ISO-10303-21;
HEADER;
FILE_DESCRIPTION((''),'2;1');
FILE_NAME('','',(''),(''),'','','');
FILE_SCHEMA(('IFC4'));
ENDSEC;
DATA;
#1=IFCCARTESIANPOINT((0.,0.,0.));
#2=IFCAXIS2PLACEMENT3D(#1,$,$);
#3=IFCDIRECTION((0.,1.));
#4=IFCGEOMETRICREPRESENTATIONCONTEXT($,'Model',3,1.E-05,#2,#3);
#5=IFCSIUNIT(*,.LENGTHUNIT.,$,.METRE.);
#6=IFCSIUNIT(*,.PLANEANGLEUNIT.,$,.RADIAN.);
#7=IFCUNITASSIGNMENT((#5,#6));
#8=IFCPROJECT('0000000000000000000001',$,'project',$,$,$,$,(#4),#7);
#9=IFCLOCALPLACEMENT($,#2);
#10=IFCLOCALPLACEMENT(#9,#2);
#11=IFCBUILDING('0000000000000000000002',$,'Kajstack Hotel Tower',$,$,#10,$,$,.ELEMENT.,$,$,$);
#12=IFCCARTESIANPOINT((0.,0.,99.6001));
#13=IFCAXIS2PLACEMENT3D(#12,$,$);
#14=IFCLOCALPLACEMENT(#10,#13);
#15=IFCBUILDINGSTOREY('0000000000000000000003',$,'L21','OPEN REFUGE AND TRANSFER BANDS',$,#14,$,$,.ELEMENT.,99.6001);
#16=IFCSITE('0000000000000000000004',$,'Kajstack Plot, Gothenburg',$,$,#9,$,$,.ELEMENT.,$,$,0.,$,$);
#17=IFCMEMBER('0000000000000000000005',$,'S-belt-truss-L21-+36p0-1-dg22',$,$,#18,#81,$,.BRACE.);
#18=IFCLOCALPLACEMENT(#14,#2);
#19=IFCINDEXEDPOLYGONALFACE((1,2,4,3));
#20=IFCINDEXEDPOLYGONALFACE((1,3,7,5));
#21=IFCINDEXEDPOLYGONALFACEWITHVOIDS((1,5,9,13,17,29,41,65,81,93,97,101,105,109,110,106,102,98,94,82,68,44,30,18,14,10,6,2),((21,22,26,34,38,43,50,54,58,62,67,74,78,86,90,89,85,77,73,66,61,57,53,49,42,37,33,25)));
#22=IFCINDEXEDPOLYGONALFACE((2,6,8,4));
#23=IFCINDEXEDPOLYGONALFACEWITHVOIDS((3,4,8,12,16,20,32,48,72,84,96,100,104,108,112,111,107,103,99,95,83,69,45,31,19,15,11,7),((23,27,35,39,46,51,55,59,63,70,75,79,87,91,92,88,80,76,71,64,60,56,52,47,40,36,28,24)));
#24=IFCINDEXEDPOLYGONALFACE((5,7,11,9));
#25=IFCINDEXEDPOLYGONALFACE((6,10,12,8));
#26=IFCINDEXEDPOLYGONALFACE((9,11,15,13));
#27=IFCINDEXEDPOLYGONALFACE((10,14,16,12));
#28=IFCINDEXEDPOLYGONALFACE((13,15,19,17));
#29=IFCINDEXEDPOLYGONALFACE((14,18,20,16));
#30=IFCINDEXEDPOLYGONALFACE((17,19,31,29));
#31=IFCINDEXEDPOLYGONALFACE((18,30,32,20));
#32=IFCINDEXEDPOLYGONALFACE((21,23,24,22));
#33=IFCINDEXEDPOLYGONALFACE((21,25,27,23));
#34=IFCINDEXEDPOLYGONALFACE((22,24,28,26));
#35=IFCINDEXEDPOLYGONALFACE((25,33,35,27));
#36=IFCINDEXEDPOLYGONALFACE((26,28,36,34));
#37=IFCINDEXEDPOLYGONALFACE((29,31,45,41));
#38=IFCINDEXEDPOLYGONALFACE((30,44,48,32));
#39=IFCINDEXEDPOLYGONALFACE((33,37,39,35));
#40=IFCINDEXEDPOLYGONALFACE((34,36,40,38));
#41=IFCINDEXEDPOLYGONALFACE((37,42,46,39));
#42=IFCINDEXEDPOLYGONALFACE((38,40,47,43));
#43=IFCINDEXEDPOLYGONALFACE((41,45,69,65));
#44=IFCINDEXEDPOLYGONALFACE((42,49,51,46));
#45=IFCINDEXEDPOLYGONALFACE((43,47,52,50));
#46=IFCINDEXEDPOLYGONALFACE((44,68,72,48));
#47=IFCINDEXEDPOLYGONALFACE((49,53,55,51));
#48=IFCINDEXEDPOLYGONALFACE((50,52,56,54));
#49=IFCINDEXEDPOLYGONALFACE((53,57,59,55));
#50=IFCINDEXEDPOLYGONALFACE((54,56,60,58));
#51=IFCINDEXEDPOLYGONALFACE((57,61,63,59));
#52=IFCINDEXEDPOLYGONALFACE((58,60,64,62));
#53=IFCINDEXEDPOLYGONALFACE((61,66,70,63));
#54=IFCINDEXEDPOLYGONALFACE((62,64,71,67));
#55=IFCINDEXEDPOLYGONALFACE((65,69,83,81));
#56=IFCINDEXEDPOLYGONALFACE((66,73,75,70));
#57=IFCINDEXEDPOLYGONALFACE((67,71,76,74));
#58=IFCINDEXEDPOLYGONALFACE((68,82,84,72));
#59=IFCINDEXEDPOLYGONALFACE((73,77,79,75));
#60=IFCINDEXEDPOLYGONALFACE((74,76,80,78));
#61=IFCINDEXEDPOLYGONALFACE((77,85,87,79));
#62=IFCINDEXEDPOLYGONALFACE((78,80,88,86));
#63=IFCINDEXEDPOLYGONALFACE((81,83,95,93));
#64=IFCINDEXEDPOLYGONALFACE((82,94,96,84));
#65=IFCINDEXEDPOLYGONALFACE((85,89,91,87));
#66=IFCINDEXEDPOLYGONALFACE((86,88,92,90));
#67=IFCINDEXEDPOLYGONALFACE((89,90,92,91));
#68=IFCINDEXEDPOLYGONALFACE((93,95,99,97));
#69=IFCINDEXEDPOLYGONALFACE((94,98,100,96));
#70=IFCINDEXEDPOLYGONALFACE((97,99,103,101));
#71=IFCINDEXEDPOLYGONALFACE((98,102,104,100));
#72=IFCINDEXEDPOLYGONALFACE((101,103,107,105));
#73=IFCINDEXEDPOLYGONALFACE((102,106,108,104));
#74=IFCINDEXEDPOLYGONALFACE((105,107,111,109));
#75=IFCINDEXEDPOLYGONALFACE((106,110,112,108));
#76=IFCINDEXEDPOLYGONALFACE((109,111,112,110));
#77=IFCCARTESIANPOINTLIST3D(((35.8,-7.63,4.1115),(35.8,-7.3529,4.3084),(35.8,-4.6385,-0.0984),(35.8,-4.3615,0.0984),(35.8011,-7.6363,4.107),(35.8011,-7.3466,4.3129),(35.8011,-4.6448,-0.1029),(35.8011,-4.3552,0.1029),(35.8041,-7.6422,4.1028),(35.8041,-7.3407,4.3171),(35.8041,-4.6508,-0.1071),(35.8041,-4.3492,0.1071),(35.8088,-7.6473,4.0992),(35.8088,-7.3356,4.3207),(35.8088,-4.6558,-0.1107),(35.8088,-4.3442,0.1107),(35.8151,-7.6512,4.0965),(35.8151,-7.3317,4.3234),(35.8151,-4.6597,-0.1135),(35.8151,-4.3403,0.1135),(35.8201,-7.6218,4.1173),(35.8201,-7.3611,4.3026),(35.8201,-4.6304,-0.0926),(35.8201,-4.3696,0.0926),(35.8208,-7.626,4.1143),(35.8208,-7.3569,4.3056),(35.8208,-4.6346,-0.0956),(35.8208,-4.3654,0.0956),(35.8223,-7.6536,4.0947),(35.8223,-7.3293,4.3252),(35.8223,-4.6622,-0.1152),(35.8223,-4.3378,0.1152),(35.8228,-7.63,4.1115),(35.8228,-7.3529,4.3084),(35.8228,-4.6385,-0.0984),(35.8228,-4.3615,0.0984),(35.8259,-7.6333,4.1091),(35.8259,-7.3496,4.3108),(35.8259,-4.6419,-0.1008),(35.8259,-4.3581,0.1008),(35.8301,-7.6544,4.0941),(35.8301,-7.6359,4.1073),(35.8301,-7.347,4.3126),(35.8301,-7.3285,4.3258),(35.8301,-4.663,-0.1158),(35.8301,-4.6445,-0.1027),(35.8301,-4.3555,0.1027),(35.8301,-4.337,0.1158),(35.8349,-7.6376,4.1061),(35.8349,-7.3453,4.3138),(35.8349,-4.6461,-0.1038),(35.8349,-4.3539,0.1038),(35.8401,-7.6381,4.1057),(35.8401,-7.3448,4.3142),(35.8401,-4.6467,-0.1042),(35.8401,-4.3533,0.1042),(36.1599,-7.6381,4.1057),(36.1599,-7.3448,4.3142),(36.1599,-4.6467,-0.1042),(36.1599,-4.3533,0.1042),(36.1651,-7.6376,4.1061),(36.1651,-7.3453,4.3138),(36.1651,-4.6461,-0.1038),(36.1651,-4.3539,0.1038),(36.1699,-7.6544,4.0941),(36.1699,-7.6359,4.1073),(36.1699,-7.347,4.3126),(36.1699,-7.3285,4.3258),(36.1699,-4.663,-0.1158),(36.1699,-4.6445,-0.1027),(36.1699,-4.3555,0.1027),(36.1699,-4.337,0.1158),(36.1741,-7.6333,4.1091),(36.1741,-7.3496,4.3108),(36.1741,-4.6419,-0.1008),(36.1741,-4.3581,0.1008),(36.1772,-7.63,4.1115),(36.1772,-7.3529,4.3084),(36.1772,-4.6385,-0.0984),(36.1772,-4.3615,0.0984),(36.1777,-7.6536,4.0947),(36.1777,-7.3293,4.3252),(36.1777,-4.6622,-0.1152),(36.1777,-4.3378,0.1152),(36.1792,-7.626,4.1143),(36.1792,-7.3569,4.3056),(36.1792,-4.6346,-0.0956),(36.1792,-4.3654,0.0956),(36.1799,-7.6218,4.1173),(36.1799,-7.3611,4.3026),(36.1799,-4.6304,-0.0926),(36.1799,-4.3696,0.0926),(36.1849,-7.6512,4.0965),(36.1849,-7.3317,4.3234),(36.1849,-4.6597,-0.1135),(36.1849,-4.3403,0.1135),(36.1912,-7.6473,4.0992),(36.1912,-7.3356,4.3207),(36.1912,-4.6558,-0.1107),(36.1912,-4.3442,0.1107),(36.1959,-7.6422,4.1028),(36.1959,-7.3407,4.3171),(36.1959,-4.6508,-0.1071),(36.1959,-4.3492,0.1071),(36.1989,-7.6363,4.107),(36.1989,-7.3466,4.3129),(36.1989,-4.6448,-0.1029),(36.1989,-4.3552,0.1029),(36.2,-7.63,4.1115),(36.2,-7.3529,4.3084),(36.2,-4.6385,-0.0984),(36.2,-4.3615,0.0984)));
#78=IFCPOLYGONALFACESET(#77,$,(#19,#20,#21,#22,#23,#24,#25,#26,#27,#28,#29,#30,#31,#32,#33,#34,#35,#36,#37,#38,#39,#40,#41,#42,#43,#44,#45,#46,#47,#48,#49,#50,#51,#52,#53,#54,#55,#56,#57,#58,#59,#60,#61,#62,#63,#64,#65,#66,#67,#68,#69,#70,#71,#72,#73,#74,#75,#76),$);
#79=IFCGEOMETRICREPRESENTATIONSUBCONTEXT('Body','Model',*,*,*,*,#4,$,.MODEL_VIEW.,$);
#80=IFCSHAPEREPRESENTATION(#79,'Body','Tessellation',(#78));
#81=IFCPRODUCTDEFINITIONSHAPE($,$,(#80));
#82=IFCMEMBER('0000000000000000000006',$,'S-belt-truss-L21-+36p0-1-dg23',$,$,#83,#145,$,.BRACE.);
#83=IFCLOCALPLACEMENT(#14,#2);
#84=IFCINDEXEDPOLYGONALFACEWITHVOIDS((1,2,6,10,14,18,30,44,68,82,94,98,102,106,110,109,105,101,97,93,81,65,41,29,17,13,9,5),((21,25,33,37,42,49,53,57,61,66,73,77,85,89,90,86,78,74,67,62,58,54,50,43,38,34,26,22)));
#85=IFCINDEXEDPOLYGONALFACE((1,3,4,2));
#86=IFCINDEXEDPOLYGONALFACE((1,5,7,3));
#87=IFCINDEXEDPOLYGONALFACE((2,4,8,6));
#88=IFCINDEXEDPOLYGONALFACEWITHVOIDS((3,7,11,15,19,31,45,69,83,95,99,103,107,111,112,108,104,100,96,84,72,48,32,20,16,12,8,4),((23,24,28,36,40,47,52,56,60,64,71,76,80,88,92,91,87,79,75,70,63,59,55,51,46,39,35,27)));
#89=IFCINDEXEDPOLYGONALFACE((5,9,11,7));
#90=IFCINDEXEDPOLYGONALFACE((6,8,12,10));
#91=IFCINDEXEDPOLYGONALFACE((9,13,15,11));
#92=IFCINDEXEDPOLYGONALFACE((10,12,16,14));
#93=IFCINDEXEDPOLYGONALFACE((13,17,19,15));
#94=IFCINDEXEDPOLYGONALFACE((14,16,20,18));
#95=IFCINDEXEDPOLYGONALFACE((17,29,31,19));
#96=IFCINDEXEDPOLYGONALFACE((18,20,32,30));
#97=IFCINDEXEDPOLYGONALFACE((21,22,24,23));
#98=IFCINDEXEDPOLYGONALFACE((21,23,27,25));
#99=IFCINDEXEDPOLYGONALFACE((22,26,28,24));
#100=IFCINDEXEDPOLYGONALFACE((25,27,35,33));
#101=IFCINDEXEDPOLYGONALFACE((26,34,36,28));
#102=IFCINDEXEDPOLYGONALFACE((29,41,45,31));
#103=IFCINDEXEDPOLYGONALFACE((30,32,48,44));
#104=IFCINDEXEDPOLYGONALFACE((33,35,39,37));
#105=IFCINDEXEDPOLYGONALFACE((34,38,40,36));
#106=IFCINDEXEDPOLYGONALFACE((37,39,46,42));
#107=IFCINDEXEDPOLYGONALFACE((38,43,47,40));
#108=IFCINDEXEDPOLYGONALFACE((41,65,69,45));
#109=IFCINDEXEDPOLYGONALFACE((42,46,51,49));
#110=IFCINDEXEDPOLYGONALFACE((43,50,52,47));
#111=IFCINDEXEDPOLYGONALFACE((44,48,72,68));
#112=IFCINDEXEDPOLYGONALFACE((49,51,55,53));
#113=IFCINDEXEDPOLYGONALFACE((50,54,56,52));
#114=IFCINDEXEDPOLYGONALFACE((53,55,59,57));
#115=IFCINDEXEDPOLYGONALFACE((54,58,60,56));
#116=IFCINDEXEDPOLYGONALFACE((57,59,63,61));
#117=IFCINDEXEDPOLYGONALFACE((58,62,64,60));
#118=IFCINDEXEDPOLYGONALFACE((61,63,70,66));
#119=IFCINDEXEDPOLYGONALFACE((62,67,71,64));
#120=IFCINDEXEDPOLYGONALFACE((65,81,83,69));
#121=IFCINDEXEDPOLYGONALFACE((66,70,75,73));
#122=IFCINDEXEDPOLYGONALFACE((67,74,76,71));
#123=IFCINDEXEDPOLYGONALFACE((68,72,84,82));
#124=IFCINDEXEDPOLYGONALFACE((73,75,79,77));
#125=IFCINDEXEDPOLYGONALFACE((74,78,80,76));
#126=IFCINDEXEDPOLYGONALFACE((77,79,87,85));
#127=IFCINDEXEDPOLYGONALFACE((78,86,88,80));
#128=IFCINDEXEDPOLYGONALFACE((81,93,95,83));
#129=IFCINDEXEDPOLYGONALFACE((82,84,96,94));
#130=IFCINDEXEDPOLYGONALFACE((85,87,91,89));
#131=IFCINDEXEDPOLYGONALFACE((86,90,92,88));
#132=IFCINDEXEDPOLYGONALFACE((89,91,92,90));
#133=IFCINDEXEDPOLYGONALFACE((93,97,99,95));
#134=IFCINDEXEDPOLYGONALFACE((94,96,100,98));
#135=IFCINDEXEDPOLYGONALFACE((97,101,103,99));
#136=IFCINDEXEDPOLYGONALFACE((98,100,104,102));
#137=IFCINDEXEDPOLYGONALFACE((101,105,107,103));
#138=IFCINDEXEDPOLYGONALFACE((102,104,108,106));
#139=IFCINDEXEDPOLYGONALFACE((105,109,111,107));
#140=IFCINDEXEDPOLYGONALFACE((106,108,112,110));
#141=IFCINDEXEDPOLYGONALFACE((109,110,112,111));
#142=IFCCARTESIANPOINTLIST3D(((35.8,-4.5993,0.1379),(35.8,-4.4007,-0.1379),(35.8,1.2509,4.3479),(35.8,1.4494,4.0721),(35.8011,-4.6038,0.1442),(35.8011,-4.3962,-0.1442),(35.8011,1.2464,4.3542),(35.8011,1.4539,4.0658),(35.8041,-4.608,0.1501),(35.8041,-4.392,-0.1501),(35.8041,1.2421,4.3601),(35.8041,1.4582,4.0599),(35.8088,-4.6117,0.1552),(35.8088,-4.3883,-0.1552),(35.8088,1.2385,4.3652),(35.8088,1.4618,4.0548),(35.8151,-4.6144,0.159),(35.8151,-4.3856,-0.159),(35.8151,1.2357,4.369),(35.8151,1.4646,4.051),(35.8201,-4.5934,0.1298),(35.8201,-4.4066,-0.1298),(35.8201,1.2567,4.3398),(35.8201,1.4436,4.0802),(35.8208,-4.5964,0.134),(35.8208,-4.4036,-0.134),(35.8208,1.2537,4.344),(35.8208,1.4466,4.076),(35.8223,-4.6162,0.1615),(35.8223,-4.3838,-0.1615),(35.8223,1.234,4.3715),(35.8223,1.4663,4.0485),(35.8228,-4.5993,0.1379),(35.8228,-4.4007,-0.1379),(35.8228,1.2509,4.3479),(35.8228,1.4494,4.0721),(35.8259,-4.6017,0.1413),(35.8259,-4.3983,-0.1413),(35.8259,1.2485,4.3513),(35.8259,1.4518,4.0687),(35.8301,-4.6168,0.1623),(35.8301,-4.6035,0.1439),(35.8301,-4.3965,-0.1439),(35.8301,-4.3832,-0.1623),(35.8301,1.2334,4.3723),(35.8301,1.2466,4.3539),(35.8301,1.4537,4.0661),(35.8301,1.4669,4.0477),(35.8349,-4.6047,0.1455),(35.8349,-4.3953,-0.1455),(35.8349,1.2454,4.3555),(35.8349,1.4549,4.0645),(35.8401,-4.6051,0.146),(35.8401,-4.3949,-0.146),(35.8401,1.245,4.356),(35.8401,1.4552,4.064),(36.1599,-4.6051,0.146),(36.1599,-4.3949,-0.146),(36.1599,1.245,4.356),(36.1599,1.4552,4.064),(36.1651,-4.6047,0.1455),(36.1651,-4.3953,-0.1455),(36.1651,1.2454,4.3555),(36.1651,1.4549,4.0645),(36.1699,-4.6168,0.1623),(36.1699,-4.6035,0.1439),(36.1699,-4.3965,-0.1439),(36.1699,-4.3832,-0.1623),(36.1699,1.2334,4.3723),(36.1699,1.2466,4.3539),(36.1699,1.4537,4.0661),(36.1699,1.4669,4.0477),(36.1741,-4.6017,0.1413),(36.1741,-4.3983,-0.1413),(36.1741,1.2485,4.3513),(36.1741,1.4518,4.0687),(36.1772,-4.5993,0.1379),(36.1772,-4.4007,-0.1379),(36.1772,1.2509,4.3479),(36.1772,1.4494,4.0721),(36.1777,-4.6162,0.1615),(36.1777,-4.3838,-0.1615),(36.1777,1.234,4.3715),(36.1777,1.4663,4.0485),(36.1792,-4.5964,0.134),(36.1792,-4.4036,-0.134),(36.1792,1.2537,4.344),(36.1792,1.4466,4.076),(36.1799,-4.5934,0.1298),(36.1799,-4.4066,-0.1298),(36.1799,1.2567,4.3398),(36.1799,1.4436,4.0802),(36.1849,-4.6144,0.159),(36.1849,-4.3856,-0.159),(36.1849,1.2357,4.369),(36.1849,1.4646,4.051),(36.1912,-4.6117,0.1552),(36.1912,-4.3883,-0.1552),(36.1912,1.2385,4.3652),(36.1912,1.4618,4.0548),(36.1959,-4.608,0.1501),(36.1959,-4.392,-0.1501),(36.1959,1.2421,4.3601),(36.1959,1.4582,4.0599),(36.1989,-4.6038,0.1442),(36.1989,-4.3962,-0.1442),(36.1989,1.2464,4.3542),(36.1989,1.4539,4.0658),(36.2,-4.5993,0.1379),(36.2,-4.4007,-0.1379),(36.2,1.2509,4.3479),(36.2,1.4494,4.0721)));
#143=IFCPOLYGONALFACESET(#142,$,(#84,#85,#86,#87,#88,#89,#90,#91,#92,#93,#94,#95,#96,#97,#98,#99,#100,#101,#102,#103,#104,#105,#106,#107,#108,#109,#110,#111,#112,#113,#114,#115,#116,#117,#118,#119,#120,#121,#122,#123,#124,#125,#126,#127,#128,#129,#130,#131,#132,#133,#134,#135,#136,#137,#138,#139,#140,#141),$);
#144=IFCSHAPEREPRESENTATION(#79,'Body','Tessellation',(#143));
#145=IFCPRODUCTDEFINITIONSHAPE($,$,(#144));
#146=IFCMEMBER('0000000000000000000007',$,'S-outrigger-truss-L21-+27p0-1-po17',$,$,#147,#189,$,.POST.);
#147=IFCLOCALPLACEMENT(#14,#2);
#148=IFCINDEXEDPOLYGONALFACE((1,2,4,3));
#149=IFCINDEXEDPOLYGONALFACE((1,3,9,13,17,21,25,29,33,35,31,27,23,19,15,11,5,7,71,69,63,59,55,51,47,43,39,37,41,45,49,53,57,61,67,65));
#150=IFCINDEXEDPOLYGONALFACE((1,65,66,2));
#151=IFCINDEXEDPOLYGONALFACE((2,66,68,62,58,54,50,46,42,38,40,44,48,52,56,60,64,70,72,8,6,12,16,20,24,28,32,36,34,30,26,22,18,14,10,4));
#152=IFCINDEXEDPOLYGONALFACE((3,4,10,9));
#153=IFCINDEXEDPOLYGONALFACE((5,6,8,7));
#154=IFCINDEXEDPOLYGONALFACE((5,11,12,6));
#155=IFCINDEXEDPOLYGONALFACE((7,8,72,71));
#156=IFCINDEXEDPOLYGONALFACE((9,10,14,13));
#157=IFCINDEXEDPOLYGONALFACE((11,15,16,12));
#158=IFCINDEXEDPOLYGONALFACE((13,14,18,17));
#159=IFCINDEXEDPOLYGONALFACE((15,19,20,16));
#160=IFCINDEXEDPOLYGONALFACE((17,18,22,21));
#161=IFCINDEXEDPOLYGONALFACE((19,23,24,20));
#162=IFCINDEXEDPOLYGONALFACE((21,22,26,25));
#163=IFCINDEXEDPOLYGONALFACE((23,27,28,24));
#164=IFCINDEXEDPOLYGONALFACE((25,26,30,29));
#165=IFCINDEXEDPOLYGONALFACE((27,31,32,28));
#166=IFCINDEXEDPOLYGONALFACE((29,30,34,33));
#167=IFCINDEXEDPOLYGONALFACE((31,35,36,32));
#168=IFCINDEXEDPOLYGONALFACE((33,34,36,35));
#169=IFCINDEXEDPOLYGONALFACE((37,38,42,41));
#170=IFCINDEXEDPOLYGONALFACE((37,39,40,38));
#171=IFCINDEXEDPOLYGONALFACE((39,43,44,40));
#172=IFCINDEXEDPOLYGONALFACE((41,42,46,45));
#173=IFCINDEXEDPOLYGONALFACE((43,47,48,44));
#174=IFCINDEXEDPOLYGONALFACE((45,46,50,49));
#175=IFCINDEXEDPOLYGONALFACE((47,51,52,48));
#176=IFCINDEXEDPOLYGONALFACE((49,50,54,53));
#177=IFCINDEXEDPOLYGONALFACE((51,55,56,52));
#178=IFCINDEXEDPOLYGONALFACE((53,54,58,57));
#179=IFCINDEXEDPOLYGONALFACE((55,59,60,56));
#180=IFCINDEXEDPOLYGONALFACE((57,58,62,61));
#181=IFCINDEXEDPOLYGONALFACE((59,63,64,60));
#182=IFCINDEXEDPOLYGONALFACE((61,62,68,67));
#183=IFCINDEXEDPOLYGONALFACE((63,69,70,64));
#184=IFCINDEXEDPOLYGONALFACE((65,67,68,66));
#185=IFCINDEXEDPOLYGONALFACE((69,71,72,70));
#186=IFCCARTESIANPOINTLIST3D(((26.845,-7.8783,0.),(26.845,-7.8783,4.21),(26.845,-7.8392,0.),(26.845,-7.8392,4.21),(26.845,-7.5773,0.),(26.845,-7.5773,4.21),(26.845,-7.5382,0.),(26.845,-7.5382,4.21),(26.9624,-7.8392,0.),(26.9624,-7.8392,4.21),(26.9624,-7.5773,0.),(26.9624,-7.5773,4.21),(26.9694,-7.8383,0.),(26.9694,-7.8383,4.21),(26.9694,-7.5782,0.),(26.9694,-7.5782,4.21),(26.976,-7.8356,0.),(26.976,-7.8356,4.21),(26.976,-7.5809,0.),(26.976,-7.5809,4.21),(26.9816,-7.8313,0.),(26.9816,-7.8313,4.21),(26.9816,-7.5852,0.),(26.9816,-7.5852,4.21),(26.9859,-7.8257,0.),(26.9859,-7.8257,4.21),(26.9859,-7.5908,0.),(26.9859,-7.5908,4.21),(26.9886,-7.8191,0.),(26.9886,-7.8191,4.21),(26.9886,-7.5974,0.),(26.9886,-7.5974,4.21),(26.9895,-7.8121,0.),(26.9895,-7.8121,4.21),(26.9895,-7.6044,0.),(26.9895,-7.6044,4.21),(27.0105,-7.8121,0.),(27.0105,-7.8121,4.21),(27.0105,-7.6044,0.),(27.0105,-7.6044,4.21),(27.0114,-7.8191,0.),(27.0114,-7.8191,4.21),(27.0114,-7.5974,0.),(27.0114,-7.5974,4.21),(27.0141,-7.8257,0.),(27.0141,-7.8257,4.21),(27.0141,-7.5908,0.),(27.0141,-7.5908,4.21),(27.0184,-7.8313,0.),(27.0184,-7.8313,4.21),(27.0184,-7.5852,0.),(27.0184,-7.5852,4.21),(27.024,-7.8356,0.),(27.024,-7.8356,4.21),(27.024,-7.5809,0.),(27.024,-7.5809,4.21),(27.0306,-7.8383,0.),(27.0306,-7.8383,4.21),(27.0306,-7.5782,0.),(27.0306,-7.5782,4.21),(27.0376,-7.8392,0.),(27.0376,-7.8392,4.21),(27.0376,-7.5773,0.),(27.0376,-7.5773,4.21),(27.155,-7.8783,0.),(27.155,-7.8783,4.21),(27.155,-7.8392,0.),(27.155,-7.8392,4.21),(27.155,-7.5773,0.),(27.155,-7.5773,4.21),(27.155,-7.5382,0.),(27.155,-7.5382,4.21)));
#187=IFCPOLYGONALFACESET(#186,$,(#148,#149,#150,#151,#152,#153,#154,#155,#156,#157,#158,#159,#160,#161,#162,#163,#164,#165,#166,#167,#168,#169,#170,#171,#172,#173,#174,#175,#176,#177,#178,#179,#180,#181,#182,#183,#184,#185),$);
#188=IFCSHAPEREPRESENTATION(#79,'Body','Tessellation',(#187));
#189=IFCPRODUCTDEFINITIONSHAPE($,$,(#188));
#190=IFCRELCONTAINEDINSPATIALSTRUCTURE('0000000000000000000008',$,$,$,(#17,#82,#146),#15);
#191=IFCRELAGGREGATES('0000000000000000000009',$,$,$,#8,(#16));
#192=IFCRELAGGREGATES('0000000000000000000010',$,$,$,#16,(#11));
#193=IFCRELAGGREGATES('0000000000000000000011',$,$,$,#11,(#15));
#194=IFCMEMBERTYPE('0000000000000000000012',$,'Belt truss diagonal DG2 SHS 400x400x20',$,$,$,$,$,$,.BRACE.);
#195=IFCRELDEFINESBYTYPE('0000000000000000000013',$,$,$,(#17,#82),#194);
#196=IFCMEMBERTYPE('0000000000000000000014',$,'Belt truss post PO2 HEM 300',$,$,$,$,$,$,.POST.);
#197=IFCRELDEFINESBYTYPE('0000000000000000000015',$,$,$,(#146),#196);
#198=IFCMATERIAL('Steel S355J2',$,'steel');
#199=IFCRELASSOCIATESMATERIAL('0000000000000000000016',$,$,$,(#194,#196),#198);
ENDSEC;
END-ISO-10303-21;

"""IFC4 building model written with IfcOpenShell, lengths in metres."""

from ifc_helpers import new_model, si_unit, direction, frame, origin, origin_2d, place, context, subcontext, project, spatial, hollow_rectangle, i_section, extrude, material, material_profile, profile_set, type_object, element, save


model = new_model("IFC4")

# Units and contexts
model_context = context("Model", 3, precision=1e-05, world=origin(), true_north=direction((0.0, 1.0)))
body_context = subcontext(model_context, "Body", "Model", "MODEL_VIEW")
ifc_project = project(units=[si_unit("LENGTHUNIT", "METRE"), si_unit("PLANEANGLEUNIT", "RADIAN")], contexts=[model_context])

# Site, building, storey
site_placement = place(None, origin())
site = spatial("IfcSite", under=ifc_project, at=site_placement, Name="Kajstack Plot, Gothenburg", CompositionType="ELEMENT", RefElevation=0.0)
building_placement = place(site_placement, origin())
building = spatial("IfcBuilding", under=site, at=building_placement, Name="Kajstack Hotel Tower", CompositionType="ELEMENT")
storey_placement = place(building_placement, frame((0.0, 0.0, 99.6001)))
storey = spatial("IfcBuildingStorey", under=building, at=storey_placement, Name="L21", Description="OPEN REFUGE AND TRANSFER BANDS", CompositionType="ELEMENT", Elevation=99.6001)

# Members
ifc_material = material(Name="Steel S355J2", Category="steel")
ifc_material_profile_1 = material_profile(ifc_material, hollow_rectangle(XDim=0.3999, YDim=0.3999, WallThickness=0.02, InnerFilletRadius=0.02, OuterFilletRadius=0.03, at=origin_2d()), Name="SHS 400x400x20")
ifc_profile_set_1 = profile_set([ifc_material_profile_1], Name="Steel S355J2")
member_type_1 = type_object("IfcMemberType", Name="Belt truss diagonal DG2 SHS 400x400x20", PredefinedType="BRACE", material=ifc_profile_set_1)
member_1_placement = place(storey_placement, frame((36.0, -4.5, 0.0), z_axis=(0.0, -0.579229, 0.815165), x_axis=(1.0, 0.0, 0.0)))
element("IfcMember", 1, at=member_1_placement, inside=storey, type_object=member_type_1, Name="S-belt-truss-L21-+36p0-1-dg22", PredefinedType="BRACE", context=body_context, shape_type="SweptSolid", body=[
    extrude(hollow_rectangle(XDim=0.3999, YDim=0.3999, WallThickness=0.02, InnerFilletRadius=0.02, OuterFilletRadius=0.03, at=origin_2d()), origin(), (0.0, 0.0, 1.0), 5.1646),
])
member_2_placement = place(storey_placement, frame((36.0, -4.5, 0.0), z_axis=(0.0, 0.811673, 0.584112), x_axis=(-1.0, 0.0, 0.0)))
element("IfcMember", 2, at=member_2_placement, inside=storey, type_object=member_type_1, Name="S-belt-truss-L21-+36p0-1-dg23", PredefinedType="BRACE", context=body_context, shape_type="SweptSolid", body=[
    extrude(hollow_rectangle(XDim=0.3999, YDim=0.3999, WallThickness=0.02, InnerFilletRadius=0.02, OuterFilletRadius=0.03, at=origin_2d()), origin(), (0.0, 0.0, 1.0), 7.2075),
])
ifc_material_profile_2 = material_profile(ifc_material, i_section(OverallWidth=0.3101, OverallDepth=0.3401, WebThickness=0.021, FlangeThickness=0.0391, FilletRadius=0.0271, at=origin_2d()), Name="HEM 300")
ifc_profile_set_2 = profile_set([ifc_material_profile_2], Name="Steel S355J2")
member_type_2 = type_object("IfcMemberType", Name="Belt truss post PO2 HEM 300", PredefinedType="POST", material=ifc_profile_set_2)
for number, where, z_axis, x_axis, name in (
    (3, (27.0, -7.7083, 0.0), (0.0, 0.0, 1.0), (1.0, 0.0, 0.0), "S-outrigger-truss-L21-+27p0-1-po17"),
):
    element("IfcMember", number, at=place(storey_placement, frame(where, z_axis=z_axis, x_axis=x_axis)), inside=storey, type_object=member_type_2, Name=name, PredefinedType="POST", context=body_context, shape_type="SweptSolid", body=[
        extrude(i_section(OverallWidth=0.3101, OverallDepth=0.3401, WebThickness=0.021, FlangeThickness=0.0391, FilletRadius=0.0271, at=origin_2d()), origin(), (0.0, 0.0, 1.0), 4.21),
    ])

save(model, "model.ifc")
